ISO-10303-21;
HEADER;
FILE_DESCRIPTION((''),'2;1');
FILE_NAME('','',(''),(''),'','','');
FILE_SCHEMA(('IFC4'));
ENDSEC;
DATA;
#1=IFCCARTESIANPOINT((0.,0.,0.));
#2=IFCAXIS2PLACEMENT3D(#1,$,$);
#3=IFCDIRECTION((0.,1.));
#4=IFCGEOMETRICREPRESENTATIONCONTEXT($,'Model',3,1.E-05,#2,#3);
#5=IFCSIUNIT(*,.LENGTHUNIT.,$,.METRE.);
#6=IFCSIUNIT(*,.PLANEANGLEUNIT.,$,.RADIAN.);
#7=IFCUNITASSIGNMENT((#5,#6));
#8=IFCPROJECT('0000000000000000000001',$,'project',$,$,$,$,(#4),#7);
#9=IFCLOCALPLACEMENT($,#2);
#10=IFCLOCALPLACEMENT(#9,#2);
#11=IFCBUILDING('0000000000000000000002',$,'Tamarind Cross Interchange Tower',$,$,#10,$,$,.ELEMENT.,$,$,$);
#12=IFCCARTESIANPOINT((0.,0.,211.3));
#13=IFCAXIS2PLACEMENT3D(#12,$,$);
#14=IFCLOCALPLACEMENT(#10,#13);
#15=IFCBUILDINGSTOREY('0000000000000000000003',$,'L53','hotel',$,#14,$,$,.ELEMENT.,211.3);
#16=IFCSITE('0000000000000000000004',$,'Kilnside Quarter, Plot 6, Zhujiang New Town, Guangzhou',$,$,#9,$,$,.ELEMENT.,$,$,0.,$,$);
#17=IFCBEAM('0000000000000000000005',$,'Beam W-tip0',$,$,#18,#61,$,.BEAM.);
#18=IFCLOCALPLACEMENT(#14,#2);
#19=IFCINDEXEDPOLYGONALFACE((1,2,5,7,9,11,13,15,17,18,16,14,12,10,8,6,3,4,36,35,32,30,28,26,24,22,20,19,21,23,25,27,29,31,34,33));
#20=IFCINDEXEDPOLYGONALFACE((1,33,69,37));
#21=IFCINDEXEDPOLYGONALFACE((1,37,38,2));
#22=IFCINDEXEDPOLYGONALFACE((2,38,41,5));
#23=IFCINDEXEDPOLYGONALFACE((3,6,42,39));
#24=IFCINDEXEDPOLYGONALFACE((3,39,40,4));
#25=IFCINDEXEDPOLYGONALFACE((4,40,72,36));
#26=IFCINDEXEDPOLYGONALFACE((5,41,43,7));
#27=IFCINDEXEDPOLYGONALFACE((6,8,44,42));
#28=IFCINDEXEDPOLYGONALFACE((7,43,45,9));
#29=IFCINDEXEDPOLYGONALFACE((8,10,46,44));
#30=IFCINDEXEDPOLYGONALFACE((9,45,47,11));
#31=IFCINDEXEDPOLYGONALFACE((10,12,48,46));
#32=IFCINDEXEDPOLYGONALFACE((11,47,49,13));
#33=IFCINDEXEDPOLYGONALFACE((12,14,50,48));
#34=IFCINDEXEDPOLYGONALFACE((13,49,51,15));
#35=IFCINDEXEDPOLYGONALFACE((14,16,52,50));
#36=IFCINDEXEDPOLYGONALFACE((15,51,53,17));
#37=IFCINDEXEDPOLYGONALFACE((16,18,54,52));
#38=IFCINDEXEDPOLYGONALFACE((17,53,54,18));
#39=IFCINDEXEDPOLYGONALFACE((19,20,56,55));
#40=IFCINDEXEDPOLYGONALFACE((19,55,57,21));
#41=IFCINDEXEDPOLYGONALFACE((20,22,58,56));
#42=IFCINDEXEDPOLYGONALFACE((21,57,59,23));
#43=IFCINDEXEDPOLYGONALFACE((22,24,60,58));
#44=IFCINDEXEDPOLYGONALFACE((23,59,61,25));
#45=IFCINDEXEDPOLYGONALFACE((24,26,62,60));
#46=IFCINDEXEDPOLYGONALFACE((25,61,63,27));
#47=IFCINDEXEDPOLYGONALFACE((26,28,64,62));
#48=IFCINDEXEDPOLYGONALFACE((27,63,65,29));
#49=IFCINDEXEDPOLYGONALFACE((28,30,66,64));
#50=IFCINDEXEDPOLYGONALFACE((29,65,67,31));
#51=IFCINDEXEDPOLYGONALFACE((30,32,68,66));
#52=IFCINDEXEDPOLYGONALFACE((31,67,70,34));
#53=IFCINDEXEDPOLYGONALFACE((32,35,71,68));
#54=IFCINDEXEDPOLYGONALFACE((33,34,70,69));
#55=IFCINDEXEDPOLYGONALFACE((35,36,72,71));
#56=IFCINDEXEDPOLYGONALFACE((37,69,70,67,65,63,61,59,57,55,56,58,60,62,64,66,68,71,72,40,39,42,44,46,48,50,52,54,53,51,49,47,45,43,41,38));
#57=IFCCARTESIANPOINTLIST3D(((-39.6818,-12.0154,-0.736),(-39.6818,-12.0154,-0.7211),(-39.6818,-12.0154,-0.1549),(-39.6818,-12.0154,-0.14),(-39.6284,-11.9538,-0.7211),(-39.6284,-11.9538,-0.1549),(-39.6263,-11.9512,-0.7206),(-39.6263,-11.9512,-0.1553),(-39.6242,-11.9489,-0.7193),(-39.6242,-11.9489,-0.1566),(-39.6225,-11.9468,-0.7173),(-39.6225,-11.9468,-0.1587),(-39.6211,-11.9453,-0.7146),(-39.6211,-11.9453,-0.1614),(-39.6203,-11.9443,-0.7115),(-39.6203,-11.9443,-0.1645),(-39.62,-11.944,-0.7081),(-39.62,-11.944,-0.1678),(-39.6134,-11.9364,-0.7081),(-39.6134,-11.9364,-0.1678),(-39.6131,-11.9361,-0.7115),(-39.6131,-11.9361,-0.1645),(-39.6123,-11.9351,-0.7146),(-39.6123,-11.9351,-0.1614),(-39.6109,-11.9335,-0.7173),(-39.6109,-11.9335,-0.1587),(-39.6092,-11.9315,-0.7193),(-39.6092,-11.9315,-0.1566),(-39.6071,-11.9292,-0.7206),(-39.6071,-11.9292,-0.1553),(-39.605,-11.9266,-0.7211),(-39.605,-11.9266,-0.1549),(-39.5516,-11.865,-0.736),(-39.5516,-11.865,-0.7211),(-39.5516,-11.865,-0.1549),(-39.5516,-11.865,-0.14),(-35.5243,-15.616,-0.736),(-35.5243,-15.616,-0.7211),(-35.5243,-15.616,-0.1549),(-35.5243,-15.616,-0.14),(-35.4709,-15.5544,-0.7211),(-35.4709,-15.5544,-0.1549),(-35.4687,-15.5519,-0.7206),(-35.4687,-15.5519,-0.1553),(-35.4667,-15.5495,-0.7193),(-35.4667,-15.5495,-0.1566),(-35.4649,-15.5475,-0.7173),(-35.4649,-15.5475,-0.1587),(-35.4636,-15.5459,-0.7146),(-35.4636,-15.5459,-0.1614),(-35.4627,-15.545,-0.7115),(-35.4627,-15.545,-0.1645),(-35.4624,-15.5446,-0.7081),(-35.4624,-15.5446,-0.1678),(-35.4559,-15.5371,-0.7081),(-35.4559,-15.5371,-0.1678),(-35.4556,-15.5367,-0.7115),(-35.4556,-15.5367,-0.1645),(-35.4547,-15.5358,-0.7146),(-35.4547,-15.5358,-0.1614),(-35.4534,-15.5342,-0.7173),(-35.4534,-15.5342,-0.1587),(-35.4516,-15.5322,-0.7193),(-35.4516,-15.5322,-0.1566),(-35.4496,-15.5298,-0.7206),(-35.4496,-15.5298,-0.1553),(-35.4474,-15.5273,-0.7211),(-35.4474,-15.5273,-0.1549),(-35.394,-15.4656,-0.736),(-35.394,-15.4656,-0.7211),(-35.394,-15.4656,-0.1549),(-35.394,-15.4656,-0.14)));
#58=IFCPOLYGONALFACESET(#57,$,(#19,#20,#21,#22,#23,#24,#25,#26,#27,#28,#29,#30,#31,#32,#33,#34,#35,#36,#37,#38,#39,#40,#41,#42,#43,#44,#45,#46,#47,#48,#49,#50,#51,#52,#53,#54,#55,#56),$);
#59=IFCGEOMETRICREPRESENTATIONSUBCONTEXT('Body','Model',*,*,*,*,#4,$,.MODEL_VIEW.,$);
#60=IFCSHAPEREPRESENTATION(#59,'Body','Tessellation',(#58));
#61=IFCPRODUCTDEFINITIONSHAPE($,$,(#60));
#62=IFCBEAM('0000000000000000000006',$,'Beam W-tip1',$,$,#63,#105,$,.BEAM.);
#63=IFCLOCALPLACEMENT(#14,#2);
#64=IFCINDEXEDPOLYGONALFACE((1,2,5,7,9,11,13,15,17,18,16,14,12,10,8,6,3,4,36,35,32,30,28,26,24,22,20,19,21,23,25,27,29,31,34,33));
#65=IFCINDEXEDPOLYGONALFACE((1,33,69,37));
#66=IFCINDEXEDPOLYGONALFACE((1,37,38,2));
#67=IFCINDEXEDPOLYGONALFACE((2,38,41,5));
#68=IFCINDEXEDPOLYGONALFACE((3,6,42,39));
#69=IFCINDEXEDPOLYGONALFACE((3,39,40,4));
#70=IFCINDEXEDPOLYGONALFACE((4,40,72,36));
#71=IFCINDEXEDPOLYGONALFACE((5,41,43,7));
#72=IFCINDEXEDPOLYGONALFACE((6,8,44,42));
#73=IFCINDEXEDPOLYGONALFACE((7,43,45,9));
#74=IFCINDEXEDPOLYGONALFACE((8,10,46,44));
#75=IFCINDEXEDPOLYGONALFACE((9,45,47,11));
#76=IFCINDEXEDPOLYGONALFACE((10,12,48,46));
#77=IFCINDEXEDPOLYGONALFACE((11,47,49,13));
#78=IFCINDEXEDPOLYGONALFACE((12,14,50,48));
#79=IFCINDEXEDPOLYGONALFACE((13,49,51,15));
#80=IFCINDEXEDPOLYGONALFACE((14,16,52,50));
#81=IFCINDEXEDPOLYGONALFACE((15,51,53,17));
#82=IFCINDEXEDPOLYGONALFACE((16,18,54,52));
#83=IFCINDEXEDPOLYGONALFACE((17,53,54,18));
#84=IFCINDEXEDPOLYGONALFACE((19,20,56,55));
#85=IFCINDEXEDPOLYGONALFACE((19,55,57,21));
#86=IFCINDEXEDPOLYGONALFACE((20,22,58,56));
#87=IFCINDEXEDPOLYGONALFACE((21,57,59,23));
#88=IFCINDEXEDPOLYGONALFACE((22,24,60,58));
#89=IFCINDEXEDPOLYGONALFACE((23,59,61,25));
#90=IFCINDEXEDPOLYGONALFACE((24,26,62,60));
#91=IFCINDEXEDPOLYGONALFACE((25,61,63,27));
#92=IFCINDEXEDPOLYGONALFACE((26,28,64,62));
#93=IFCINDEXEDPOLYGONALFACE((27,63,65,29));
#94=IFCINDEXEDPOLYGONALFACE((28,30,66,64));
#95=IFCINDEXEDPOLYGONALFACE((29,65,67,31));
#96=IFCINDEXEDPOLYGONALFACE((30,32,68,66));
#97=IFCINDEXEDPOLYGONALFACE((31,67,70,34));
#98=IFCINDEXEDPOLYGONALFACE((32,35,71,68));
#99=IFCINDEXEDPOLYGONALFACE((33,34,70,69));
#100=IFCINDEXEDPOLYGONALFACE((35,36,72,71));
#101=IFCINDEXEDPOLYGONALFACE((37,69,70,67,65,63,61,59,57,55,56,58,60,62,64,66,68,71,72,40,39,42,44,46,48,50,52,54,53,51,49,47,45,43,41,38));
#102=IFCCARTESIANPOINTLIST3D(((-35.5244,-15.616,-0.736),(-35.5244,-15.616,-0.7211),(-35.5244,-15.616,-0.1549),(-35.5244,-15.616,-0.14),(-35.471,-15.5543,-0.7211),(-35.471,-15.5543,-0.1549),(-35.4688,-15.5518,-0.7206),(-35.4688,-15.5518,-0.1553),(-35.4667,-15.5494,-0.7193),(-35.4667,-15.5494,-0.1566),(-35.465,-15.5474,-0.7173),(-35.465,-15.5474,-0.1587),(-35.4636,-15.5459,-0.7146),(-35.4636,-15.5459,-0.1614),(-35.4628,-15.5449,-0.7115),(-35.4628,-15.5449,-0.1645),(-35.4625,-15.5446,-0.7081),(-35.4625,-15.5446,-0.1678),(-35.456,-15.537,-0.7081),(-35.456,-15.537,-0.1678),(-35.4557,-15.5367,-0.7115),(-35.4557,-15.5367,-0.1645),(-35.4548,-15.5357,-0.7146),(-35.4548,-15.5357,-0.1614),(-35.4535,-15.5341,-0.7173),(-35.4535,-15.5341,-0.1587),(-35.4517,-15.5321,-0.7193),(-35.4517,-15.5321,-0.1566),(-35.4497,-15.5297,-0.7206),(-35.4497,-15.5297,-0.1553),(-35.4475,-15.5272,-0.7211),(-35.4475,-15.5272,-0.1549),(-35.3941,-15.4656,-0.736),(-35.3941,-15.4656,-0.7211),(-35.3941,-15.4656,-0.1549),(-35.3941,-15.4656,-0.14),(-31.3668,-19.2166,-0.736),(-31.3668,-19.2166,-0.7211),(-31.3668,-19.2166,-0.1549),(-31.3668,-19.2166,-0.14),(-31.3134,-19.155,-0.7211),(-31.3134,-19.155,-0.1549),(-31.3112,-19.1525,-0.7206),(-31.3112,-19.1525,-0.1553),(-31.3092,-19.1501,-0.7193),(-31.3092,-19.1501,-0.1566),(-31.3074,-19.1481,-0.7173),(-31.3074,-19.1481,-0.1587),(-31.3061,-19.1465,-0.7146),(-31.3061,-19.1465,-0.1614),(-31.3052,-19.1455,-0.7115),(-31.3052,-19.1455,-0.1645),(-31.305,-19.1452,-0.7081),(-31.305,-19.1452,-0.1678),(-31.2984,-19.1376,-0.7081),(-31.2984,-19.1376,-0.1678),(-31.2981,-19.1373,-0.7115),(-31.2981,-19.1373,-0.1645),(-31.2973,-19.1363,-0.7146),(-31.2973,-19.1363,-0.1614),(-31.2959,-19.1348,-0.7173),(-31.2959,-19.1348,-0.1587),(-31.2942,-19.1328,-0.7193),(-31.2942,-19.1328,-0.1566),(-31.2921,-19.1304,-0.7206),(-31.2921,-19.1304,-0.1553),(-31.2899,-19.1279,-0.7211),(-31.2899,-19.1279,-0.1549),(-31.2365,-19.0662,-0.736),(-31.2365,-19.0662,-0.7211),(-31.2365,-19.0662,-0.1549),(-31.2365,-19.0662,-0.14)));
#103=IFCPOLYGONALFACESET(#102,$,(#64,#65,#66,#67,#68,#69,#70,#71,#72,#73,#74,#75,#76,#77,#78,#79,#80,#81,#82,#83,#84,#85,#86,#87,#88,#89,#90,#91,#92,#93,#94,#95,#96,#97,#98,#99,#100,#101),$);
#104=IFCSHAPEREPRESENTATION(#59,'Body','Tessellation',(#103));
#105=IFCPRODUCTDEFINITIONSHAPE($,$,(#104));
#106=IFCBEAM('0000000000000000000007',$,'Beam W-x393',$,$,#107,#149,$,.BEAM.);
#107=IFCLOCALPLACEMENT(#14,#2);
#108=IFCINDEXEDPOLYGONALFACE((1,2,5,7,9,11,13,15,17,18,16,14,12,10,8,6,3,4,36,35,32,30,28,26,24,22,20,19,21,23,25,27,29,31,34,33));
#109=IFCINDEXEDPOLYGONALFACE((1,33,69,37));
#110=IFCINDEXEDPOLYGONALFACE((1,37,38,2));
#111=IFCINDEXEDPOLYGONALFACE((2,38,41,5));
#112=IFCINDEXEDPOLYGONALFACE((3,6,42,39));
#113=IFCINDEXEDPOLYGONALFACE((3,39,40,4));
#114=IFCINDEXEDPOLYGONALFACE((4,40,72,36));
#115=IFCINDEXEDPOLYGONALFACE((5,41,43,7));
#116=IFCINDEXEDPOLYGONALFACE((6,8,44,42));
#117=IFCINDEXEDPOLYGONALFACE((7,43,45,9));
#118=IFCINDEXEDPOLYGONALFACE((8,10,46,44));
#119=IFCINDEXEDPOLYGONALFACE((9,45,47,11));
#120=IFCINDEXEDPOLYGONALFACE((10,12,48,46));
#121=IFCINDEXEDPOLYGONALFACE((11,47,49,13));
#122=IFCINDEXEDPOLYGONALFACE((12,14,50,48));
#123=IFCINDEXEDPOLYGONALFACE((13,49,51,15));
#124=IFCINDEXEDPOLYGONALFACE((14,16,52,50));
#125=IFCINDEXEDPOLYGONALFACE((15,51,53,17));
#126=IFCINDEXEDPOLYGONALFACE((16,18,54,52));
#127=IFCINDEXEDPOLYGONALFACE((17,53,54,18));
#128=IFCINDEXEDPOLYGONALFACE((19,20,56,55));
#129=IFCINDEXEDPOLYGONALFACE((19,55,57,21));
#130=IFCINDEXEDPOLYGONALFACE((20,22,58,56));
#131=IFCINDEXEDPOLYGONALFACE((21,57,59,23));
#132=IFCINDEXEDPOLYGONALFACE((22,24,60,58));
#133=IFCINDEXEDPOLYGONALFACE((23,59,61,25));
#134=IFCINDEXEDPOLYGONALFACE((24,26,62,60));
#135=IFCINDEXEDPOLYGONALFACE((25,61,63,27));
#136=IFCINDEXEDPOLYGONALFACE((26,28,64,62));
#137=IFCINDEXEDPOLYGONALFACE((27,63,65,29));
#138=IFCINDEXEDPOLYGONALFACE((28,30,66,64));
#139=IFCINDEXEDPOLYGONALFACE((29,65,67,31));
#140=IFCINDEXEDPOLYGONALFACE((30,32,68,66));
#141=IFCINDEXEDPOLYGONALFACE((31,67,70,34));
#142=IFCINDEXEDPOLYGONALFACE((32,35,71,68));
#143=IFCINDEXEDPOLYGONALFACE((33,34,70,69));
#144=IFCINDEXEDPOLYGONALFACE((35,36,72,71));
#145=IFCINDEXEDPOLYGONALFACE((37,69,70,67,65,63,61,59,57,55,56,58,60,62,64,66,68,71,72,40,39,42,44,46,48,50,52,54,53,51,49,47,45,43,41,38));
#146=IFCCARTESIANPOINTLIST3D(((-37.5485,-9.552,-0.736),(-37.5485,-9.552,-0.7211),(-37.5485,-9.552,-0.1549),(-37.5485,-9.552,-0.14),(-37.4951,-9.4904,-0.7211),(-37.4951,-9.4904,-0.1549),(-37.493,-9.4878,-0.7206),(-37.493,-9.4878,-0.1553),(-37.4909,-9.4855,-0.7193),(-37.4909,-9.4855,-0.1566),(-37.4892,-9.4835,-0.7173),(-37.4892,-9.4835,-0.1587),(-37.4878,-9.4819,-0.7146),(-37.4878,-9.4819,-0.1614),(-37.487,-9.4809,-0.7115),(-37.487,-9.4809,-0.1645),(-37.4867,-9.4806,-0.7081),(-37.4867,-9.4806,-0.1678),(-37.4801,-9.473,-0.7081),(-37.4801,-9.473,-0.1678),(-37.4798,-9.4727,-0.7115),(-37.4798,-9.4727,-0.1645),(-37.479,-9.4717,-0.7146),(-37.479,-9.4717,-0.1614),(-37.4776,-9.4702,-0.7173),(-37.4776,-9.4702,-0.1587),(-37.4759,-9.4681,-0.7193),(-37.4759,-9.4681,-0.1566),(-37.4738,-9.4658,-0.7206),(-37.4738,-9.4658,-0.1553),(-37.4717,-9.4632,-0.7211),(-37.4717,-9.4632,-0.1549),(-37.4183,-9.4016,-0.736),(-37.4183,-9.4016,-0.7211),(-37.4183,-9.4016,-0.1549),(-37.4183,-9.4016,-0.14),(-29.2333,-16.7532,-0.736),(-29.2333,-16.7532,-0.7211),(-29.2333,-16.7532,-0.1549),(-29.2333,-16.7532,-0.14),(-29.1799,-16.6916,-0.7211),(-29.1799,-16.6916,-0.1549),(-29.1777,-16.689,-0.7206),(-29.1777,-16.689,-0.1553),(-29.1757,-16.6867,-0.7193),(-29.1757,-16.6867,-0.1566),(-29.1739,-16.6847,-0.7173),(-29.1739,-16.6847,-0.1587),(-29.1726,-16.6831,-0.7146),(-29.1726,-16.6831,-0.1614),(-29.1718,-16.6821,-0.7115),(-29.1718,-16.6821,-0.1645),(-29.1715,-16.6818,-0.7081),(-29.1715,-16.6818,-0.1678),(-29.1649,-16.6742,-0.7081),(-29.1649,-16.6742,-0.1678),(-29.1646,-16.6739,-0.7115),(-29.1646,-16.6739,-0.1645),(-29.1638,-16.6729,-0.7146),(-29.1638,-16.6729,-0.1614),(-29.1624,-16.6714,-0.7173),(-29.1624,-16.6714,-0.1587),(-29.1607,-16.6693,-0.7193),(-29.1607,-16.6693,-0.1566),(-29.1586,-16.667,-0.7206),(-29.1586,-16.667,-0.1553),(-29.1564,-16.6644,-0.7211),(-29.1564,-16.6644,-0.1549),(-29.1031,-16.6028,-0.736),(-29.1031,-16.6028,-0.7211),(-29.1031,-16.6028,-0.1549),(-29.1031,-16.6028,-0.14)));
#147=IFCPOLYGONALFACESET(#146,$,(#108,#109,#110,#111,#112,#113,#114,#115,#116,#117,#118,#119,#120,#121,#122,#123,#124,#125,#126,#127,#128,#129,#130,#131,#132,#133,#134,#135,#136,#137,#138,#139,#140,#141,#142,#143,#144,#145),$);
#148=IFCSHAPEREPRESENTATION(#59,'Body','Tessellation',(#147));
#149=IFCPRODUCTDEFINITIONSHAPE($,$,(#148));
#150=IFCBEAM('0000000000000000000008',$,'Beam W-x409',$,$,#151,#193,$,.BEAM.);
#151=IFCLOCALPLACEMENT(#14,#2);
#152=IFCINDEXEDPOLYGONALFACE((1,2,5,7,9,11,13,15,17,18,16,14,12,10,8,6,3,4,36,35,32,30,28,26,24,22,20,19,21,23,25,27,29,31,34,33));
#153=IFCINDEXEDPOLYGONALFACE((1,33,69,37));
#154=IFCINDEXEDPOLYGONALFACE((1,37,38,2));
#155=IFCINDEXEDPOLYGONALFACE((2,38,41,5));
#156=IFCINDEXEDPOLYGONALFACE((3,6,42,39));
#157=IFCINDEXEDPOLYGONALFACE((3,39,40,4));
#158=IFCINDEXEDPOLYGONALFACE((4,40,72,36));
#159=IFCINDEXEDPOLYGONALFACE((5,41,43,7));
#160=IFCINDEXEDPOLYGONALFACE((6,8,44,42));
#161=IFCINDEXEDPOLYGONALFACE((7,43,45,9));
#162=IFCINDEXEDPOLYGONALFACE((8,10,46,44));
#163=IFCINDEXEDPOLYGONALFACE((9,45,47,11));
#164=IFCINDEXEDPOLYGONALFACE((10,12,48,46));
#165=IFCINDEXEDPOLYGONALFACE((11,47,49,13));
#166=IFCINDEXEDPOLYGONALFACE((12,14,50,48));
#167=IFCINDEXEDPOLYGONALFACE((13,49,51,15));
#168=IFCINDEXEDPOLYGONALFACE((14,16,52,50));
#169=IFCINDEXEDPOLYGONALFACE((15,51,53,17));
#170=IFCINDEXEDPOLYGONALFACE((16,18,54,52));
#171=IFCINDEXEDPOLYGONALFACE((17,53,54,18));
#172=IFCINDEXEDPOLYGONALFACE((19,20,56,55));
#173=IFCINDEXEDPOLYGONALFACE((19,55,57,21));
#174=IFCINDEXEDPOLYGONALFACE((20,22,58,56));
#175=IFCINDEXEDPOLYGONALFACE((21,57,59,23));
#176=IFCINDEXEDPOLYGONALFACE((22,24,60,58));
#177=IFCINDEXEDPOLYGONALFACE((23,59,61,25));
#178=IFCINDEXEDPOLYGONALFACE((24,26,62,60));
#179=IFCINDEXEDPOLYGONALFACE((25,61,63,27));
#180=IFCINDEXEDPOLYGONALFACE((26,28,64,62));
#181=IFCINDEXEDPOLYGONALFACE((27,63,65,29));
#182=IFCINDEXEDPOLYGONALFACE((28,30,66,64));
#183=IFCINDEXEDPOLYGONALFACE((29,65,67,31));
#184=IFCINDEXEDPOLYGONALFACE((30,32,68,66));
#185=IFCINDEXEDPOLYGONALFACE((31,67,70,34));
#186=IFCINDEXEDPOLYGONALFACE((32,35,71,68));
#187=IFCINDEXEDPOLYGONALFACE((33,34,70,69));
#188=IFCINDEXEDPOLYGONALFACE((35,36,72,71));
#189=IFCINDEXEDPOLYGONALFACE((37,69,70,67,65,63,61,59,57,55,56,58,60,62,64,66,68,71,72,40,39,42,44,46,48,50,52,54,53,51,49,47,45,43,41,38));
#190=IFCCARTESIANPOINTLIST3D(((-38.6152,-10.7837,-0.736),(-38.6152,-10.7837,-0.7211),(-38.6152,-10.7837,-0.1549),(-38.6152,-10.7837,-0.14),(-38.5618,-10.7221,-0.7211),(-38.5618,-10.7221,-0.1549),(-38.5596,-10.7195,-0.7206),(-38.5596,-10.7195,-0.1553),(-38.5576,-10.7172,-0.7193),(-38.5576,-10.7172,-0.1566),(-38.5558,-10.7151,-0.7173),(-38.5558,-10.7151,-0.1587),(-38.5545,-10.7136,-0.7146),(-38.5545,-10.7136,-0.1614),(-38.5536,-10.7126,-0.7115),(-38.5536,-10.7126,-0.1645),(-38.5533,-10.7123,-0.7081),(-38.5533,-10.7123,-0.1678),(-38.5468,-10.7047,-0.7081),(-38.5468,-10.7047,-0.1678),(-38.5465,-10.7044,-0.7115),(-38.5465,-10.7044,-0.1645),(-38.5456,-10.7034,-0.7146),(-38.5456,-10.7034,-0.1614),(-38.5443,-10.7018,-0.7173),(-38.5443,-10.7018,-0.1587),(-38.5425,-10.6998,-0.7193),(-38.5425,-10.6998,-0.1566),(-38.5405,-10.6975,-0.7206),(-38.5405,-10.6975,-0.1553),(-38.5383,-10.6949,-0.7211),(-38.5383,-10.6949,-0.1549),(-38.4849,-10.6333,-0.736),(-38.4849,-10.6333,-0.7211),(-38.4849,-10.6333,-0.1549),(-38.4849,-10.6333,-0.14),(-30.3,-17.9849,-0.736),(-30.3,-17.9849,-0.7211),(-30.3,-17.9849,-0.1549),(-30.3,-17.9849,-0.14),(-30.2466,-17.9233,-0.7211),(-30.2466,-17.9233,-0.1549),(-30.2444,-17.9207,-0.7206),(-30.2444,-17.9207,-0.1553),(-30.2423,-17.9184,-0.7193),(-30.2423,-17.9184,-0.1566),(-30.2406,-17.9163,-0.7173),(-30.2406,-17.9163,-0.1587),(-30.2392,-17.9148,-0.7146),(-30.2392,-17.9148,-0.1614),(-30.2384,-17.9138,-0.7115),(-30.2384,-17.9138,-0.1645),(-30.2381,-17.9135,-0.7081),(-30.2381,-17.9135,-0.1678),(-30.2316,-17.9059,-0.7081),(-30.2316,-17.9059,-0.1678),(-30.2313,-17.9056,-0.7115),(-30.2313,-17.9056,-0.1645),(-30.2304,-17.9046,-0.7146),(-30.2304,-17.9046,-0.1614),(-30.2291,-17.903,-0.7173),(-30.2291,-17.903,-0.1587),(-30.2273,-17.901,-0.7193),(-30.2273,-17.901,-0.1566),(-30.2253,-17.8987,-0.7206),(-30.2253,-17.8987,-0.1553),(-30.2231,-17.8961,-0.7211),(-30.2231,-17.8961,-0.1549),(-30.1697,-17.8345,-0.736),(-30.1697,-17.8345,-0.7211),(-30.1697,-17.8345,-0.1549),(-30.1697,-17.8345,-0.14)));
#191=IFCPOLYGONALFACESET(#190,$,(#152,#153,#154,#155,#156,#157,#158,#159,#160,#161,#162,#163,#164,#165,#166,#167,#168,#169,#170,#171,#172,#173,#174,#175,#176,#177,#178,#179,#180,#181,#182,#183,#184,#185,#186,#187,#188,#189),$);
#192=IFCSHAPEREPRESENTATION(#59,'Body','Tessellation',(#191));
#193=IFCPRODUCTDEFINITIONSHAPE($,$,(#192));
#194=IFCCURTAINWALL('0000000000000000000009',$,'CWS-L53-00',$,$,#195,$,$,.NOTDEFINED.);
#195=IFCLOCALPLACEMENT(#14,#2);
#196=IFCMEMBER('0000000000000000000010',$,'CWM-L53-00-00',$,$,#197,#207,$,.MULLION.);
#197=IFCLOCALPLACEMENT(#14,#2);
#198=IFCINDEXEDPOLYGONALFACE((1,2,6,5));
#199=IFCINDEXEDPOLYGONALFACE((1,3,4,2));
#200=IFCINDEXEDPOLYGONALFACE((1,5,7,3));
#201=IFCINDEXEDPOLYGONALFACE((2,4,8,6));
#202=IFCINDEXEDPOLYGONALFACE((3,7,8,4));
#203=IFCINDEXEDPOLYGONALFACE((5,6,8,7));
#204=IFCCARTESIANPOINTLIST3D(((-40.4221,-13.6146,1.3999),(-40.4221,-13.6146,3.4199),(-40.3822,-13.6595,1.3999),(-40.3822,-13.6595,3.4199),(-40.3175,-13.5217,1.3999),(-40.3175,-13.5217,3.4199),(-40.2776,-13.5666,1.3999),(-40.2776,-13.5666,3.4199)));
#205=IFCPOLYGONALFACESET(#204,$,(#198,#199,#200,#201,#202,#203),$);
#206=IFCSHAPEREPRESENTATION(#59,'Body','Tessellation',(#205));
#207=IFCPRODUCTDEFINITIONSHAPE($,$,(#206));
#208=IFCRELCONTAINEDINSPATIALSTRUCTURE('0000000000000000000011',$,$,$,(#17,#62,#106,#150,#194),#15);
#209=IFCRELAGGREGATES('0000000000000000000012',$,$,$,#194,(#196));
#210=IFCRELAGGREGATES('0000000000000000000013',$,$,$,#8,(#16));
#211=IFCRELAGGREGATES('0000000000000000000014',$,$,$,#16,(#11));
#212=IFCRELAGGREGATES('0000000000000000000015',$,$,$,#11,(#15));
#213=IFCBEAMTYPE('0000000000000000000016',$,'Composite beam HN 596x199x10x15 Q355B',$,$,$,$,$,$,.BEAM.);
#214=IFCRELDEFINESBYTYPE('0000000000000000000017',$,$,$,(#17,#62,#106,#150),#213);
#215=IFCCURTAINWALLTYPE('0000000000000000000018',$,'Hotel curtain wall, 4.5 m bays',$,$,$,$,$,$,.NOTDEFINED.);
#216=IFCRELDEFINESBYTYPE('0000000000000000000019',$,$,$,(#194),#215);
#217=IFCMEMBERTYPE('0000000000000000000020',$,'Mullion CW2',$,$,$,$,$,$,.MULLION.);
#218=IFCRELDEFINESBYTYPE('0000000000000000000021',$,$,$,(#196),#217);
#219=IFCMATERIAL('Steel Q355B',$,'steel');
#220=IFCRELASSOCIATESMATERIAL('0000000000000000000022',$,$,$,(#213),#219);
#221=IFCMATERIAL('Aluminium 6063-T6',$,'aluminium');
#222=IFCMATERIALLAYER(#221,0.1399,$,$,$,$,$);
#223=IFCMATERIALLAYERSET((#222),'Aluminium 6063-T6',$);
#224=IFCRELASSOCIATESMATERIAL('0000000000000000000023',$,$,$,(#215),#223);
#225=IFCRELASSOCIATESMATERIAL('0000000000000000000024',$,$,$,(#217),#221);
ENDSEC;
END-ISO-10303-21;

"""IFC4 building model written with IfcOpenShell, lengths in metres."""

from ifc_helpers import new_model, si_unit, direction, frame, origin, origin_2d, place, context, subcontext, project, spatial, rectangle, i_section, extrude, material, layer, layer_set, material_profile, profile_set, type_object, element, aggregate, save


model = new_model("IFC4")

# Units and contexts
model_context = context("Model", 3, precision=1e-05, world=origin(), true_north=direction((0.0, 1.0)))
body_context = subcontext(model_context, "Body", "Model", "MODEL_VIEW")
ifc_project = project(units=[si_unit("LENGTHUNIT", "METRE"), si_unit("PLANEANGLEUNIT", "RADIAN")], contexts=[model_context])

# Site, building, storey
site_placement = place(None, origin())
site = spatial("IfcSite", under=ifc_project, at=site_placement, Name="Kilnside Quarter, Plot 6, Zhujiang New Town, Guangzhou", CompositionType="ELEMENT", RefElevation=0.0)
building_placement = place(site_placement, origin())
building = spatial("IfcBuilding", under=site, at=building_placement, Name="Tamarind Cross Interchange Tower", CompositionType="ELEMENT")
storey_placement = place(building_placement, frame((0.0, 0.0, 211.3)))
storey = spatial("IfcBuildingStorey", under=building, at=storey_placement, Name="L53", Description="hotel", CompositionType="ELEMENT", Elevation=211.3)

# Beams
ifc_material_1 = material(Name="Steel Q355B", Category="steel")
ifc_material_profile_1 = material_profile(ifc_material_1, i_section(OverallWidth=0.199, OverallDepth=0.5959, WebThickness=0.01, FlangeThickness=0.0149, FilletRadius=0.0129, at=origin_2d()), Name="HN 596x199x10x15")
ifc_profile_set_1 = profile_set([ifc_material_profile_1], Name="Steel Q355B")
beam_type_1 = type_object("IfcBeamType", Name="Composite beam HN 596x199x10x15 Q355B", PredefinedType="BEAM", material=ifc_profile_set_1)
for number, where, z_axis, x_axis, name in (
    (1, (-39.6167, -11.9402, -0.438), (0.755919, -0.654665, 0.0), (0.654665, 0.755919, 0.0), "Beam W-tip0"),
    (2, (-35.4592, -15.5408, -0.438), (0.755919, -0.654665, 0.0), (0.654665, 0.755919, 0.0), "Beam W-tip1"),
):
    element("IfcBeam", number, at=place(storey_placement, frame(where, z_axis=z_axis, x_axis=x_axis)), inside=storey, type_object=beam_type_1, Name=name, PredefinedType="BEAM", context=body_context, shape_type="SweptSolid", body=[
        extrude(i_section(OverallWidth=0.199, OverallDepth=0.5959, WebThickness=0.01, FlangeThickness=0.0149, FilletRadius=0.0129, at=origin_2d()), origin(), (0.0, 0.0, 1.0), 5.5),
    ])
for number, where, z_axis, x_axis, name in (
    (3, (-37.4834, -9.4768, -0.438), (0.755928, -0.654654, 0.0), (0.654654, 0.755928, 0.0), "Beam W-x393"),
    (4, (-38.55, -10.7085, -0.438), (0.755928, -0.654654, 0.0), (0.654654, 0.755928, 0.0), "Beam W-x409"),
):
    element("IfcBeam", number, at=place(storey_placement, frame(where, z_axis=z_axis, x_axis=x_axis)), inside=storey, type_object=beam_type_1, Name=name, PredefinedType="BEAM", context=body_context, shape_type="SweptSolid", body=[
        extrude(i_section(OverallWidth=0.199, OverallDepth=0.5959, WebThickness=0.01, FlangeThickness=0.0149, FilletRadius=0.0129, at=origin_2d()), origin(), (0.0, 0.0, 1.0), 11.0),
    ])

# Curtain wall, member
ifc_material_2 = material(Name="Aluminium 6063-T6", Category="aluminium")
ifc_layer_1 = layer(ifc_material_2, 0.1399)
ifc_layer_set_1 = layer_set([ifc_layer_1], Name="Aluminium 6063-T6")
curtain_wall_type = type_object("IfcCurtainWallType", Name="Hotel curtain wall, 4.5 m bays", PredefinedType="NOTDEFINED", material=ifc_layer_set_1)
curtain_wall_1_placement = place(storey_placement, origin())
curtain_wall_1 = element("IfcCurtainWall", 5, at=curtain_wall_1_placement, inside=storey, type_object=curtain_wall_type, Name="CWS-L53-00", PredefinedType="NOTDEFINED")
ifc_material_profile_2 = material_profile(ifc_material_2, rectangle(XDim=0.0601, YDim=0.1399, at=origin_2d()), Name="Mullion CW2")
ifc_profile_set_2 = profile_set([ifc_material_profile_2], Name="Aluminium 6063-T6")
member_type = type_object("IfcMemberType", Name="Mullion CW2", PredefinedType="MULLION", material=ifc_profile_set_2)
member_1_placement = place(storey_placement, frame((-40.3499, -13.5906, 1.3999), z_axis=(0.0, 0.0, 1.0), x_axis=(0.663999, -0.747733, 0.0)))
member_1 = element("IfcMember", 6, at=member_1_placement, type_object=member_type, Name="CWM-L53-00-00", PredefinedType="MULLION", context=body_context, shape_type="SweptSolid", body=[
    extrude(rectangle(XDim=0.0601, YDim=0.1399, at=origin_2d()), origin(), (0.0, 0.0, 1.0), 2.02),
])
aggregate(curtain_wall_1, [member_1])

save(model, "model.ifc")
